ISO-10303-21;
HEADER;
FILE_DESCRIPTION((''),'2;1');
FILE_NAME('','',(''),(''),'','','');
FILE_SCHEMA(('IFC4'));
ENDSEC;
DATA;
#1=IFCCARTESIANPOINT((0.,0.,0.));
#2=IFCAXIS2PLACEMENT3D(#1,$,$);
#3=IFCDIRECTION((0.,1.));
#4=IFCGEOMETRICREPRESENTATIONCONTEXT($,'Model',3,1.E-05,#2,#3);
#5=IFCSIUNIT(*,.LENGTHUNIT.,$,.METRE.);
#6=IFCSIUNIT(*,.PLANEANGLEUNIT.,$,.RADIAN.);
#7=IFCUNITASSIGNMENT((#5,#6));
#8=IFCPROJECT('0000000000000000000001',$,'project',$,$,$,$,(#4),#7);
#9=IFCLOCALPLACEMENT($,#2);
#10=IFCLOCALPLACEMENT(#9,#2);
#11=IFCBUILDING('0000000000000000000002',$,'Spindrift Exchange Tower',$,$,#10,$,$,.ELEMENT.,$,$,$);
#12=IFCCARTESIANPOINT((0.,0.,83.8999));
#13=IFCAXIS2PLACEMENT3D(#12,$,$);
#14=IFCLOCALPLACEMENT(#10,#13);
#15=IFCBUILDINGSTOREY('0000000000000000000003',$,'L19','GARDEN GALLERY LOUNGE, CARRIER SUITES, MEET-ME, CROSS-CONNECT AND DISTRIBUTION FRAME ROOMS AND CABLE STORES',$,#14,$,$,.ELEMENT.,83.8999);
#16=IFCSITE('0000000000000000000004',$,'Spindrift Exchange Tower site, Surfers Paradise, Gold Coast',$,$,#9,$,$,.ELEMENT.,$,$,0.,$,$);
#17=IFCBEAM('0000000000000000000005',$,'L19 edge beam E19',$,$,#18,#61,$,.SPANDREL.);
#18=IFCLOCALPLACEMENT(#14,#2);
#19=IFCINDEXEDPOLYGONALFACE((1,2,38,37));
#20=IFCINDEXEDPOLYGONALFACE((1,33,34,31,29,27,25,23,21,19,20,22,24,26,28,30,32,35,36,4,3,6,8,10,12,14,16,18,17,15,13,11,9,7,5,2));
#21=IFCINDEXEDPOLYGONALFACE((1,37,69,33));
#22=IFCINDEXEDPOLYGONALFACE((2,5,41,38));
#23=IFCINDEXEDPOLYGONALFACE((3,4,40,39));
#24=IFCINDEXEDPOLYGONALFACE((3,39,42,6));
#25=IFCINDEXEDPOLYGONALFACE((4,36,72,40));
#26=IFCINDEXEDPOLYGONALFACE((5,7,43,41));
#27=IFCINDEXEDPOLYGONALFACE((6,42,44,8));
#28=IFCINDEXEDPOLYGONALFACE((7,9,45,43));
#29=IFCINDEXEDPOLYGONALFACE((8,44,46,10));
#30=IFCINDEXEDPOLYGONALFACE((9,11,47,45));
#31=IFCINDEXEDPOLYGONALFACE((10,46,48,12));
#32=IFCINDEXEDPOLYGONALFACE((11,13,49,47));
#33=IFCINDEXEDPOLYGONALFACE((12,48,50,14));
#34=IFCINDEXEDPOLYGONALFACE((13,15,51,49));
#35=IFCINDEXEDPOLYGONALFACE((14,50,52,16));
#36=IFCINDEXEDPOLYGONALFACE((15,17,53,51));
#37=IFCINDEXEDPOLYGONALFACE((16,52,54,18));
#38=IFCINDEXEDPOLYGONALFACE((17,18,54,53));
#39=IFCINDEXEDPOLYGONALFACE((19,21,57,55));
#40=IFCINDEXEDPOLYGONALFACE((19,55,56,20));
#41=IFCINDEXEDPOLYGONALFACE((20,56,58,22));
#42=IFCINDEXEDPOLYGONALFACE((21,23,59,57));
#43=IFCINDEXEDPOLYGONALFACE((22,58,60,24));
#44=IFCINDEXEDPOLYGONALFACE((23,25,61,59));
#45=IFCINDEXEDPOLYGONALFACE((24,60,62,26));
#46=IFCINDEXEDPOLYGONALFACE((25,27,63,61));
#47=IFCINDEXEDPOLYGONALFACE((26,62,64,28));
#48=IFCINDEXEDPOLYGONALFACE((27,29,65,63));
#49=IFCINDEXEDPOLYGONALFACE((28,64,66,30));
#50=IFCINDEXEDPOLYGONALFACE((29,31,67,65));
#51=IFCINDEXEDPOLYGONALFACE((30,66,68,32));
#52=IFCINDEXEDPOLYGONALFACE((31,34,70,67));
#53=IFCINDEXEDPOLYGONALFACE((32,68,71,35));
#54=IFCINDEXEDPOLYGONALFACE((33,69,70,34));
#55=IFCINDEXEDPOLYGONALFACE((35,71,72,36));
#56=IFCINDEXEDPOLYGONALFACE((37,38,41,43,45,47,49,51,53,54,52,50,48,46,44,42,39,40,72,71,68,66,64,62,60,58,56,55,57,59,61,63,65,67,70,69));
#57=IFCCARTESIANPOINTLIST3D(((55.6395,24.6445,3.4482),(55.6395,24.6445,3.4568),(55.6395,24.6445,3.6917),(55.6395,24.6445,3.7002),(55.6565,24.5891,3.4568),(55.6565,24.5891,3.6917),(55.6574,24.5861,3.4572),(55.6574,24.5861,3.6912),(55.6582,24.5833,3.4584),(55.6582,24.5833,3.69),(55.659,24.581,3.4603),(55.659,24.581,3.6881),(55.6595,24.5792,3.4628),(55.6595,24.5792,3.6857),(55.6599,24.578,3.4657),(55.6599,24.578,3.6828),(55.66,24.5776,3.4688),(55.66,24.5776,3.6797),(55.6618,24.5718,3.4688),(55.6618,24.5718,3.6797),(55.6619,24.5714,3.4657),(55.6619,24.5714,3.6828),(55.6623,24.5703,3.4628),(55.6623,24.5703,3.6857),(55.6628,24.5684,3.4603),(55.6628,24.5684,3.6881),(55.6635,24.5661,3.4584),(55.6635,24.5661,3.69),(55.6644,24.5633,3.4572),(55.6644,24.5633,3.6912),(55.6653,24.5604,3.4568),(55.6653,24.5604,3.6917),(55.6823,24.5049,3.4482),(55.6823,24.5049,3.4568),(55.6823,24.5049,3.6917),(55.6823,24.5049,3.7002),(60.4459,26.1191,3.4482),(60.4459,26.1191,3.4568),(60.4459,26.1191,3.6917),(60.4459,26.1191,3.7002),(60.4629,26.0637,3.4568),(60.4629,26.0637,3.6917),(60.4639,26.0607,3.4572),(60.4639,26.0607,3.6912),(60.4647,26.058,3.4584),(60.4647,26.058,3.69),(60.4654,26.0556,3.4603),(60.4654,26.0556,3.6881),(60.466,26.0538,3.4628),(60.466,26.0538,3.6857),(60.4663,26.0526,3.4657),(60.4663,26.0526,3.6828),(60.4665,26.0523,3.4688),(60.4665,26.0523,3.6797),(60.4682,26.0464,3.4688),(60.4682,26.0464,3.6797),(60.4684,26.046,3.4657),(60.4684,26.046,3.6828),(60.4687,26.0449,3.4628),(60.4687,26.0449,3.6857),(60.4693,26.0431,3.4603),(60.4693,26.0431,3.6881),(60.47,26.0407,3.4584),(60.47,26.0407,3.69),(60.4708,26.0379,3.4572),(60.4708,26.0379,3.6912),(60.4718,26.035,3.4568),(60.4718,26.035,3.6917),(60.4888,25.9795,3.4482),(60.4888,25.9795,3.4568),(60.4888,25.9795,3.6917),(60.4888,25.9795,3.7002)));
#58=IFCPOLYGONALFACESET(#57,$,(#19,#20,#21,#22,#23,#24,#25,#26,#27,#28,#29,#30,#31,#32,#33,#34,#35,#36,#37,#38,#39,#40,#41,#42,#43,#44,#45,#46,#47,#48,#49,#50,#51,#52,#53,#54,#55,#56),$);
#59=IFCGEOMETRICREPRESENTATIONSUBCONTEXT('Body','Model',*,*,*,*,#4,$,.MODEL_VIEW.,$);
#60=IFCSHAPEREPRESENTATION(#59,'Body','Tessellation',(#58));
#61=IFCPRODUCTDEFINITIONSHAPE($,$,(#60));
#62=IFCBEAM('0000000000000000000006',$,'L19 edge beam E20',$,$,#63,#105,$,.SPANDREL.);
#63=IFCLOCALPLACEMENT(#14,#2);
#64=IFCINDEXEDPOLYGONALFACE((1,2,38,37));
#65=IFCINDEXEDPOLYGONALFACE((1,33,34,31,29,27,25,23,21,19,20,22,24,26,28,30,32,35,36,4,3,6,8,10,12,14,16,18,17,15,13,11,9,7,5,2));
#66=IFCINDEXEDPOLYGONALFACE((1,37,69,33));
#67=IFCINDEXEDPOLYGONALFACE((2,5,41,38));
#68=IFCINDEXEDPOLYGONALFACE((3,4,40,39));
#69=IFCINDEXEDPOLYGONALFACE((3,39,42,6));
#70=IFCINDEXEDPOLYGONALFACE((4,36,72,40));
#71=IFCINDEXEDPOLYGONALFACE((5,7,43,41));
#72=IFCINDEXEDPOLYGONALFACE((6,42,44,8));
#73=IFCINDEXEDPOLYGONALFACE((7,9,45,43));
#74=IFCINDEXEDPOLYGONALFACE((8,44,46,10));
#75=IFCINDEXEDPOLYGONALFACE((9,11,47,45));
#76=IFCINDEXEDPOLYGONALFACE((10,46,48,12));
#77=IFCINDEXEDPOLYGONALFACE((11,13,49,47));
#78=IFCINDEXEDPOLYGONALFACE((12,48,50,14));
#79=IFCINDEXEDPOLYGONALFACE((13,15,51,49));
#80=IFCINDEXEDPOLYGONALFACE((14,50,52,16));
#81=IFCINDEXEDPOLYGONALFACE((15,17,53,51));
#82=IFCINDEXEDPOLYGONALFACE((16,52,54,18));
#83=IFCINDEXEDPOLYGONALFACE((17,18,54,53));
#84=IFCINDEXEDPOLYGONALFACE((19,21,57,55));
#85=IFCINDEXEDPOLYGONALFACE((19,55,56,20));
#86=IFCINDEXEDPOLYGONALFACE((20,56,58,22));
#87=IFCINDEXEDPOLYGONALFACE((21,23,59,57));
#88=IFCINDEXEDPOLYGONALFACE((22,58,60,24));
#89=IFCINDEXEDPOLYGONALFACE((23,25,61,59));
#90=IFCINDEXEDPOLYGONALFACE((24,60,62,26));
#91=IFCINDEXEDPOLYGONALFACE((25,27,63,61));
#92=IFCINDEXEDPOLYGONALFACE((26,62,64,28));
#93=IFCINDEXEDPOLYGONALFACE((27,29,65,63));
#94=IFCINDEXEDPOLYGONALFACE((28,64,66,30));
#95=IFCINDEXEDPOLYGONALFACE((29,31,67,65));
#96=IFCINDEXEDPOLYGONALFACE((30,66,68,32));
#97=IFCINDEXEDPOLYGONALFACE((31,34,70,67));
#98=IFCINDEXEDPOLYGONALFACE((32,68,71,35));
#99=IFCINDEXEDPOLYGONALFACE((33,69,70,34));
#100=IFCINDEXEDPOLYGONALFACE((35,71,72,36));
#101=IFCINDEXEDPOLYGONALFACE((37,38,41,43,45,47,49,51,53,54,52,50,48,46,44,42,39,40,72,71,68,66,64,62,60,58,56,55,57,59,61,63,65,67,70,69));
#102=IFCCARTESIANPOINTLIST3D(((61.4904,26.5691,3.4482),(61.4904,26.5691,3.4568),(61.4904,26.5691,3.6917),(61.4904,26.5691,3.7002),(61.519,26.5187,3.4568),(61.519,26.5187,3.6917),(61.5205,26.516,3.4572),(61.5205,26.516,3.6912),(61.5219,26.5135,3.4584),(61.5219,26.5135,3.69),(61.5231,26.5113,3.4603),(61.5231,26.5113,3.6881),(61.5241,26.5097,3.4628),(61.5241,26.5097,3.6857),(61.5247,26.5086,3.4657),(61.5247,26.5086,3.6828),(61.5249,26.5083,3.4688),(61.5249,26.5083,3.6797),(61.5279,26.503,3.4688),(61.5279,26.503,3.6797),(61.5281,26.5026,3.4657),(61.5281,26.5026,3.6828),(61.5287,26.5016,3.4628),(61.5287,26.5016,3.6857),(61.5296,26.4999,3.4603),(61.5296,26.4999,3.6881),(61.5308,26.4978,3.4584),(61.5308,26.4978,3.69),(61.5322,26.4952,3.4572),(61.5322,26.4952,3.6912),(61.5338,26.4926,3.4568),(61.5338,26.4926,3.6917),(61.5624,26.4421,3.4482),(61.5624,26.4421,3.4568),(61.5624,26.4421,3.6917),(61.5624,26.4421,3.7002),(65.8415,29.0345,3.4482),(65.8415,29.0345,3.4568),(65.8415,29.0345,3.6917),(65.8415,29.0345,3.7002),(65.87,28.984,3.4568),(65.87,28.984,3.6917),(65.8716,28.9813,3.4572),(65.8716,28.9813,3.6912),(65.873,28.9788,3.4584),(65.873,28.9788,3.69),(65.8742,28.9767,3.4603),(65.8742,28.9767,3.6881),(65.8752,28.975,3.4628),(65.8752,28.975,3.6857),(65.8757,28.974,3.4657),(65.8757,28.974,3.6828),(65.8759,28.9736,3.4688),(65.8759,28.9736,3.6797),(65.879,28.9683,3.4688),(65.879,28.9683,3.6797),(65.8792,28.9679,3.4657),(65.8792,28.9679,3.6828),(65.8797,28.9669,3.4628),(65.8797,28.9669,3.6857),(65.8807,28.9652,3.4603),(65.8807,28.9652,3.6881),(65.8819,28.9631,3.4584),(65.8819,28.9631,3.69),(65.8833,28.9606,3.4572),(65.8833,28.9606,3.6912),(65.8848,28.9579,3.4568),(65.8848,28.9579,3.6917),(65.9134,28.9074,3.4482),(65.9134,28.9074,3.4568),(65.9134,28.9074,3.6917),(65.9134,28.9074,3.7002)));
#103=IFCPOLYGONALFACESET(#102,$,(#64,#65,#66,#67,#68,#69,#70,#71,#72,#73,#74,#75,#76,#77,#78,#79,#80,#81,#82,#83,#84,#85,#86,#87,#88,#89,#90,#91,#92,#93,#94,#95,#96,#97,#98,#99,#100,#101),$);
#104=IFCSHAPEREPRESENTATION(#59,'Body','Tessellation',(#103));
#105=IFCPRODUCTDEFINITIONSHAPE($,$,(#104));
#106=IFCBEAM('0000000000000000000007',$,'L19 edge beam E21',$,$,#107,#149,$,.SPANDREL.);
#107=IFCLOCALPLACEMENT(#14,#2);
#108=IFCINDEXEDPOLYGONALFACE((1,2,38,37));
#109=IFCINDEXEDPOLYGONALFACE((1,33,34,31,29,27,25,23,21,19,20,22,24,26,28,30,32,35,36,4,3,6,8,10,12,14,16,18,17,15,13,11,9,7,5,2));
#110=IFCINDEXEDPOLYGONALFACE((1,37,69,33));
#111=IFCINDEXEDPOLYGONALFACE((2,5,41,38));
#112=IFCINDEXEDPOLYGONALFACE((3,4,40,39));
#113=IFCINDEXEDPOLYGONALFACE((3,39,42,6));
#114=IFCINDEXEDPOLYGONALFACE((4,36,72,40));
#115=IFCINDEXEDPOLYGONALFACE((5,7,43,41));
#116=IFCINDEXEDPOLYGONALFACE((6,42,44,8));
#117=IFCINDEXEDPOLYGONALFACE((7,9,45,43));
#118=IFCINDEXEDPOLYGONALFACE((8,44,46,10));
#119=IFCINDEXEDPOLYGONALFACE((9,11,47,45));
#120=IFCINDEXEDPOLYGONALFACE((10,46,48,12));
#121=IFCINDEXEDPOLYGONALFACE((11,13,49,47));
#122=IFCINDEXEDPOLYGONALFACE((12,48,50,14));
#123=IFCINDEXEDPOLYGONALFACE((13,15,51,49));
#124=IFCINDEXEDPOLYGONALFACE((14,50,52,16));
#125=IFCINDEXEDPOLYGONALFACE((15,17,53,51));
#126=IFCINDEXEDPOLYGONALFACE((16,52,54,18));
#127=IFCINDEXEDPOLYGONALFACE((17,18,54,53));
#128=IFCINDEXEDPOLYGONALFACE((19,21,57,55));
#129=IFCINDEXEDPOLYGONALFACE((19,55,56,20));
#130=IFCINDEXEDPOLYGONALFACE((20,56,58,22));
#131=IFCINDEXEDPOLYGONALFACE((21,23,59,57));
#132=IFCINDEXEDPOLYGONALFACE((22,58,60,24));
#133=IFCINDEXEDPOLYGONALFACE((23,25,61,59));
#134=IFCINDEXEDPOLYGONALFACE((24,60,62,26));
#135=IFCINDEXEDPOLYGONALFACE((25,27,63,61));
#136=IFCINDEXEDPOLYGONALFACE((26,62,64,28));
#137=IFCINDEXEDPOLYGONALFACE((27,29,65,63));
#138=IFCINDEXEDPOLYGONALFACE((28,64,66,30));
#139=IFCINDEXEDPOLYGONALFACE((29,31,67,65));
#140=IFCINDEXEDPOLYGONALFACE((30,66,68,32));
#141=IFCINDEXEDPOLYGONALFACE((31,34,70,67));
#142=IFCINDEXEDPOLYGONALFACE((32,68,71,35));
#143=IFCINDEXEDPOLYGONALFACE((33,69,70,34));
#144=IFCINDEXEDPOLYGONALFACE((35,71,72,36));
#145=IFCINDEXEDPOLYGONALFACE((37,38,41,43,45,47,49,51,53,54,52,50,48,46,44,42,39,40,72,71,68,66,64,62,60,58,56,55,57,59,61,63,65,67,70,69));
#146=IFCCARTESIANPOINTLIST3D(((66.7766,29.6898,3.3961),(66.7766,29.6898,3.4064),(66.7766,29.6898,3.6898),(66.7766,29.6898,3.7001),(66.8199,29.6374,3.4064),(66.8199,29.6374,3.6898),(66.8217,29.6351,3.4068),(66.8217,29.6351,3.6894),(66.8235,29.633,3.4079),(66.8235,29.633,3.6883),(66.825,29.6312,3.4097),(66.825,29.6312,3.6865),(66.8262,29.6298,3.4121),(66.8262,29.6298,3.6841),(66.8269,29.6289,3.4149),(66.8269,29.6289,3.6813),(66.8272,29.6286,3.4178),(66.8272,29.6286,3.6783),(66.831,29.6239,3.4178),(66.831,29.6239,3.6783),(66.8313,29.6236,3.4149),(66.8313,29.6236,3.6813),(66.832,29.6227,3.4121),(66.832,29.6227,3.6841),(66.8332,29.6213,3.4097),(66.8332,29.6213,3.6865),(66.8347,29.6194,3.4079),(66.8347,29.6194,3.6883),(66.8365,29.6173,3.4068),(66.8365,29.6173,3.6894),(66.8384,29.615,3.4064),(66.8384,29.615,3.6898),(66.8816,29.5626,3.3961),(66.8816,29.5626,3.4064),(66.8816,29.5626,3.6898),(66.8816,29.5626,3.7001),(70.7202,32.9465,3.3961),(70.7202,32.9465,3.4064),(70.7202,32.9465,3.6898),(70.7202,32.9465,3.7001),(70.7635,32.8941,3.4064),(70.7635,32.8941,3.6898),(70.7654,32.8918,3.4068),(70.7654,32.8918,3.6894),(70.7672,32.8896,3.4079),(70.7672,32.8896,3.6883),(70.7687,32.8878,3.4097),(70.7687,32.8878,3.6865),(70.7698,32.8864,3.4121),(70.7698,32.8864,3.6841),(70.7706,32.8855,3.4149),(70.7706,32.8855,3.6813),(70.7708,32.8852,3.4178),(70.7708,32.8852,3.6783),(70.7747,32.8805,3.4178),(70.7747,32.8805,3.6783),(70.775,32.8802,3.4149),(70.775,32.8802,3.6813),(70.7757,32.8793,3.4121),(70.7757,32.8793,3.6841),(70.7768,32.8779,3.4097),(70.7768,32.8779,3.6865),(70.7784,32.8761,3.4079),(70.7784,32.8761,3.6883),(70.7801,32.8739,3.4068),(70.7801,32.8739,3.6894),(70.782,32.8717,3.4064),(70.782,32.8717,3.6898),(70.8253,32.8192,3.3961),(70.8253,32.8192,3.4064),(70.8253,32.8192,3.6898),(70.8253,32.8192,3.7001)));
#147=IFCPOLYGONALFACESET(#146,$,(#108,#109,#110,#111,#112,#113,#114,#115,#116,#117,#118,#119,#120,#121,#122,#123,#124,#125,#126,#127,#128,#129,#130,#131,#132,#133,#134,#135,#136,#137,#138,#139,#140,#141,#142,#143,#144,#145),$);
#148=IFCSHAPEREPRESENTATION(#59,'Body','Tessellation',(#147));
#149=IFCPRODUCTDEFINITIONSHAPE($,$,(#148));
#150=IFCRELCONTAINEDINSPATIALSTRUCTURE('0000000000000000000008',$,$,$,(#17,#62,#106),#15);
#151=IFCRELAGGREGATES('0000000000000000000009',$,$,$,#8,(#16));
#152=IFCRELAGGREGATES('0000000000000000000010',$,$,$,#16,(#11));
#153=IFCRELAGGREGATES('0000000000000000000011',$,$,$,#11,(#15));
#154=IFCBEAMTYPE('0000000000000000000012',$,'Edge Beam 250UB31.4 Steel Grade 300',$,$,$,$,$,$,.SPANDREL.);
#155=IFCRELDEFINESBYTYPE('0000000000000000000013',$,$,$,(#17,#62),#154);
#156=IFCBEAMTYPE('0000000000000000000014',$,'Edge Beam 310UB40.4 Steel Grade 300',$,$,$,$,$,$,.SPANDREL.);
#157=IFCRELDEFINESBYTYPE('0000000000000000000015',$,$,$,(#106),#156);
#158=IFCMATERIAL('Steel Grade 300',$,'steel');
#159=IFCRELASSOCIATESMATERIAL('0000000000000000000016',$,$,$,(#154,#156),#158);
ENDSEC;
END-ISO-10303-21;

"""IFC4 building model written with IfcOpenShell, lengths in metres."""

from ifc_helpers import new_model, si_unit, direction, frame, origin, origin_2d, place, context, subcontext, project, spatial, i_section, extrude, source, transform, mapped, material, material_profile, profile_set, type_object, element, save


model = new_model("IFC4")

# Units and contexts
model_context = context("Model", 3, precision=1e-05, world=origin(), true_north=direction((0.0, 1.0)))
body_context = subcontext(model_context, "Body", "Model", "MODEL_VIEW")
ifc_project = project(units=[si_unit("LENGTHUNIT", "METRE"), si_unit("PLANEANGLEUNIT", "RADIAN")], contexts=[model_context])

# Site, building, storey
site_placement = place(None, origin())
site = spatial("IfcSite", under=ifc_project, at=site_placement, Name="Spindrift Exchange Tower site, Surfers Paradise, Gold Coast", CompositionType="ELEMENT", RefElevation=0.0)
building_placement = place(site_placement, origin())
building = spatial("IfcBuilding", under=site, at=building_placement, Name="Spindrift Exchange Tower", CompositionType="ELEMENT")
storey_placement = place(building_placement, frame((0.0, 0.0, 83.8999)))
storey = spatial("IfcBuildingStorey", under=building, at=storey_placement, Name="L19", Description="GARDEN GALLERY LOUNGE, CARRIER SUITES, MEET-ME, CROSS-CONNECT AND DISTRIBUTION FRAME ROOMS AND CABLE STORES", CompositionType="ELEMENT", Elevation=83.8999)

# Beams
ifc_material_1 = material(Name="Steel Grade 300", Category="steel")
ifc_material_profile_1 = material_profile(ifc_material_1, i_section(OverallWidth=0.146, OverallDepth=0.252, WebThickness=0.0061, FlangeThickness=0.0085, FilletRadius=0.012, at=origin_2d()), Name="250UB31.4")
ifc_profile_set_1 = profile_set([ifc_material_profile_1], Name="Steel Grade 300")
beam_type_1 = type_object("IfcBeamType", Name="Edge Beam 250UB31.4 Steel Grade 300", PredefinedType="SPANDREL", material=ifc_profile_set_1)
shared_shape_1 = source(origin(), body_context, "Body", "SweptSolid", [
    extrude(i_section(OverallWidth=0.146, OverallDepth=0.252, WebThickness=0.0061, FlangeThickness=0.0085, FilletRadius=0.012, at=origin_2d()), origin(), (0.0, 0.0, 1.0), 5.0276),
])
beam_1_placement = place(storey_placement, frame((55.6609, 24.5747, 3.5742), z_axis=(0.956018, 0.293308, 0.0), x_axis=(-0.293308, 0.956018, 0.0)))
element("IfcBeam", 1, at=beam_1_placement, inside=storey, type_object=beam_type_1, Name="L19 edge beam E19", PredefinedType="SPANDREL", context=body_context, shape_type="MappedRepresentation", body=[
    mapped(shared_shape_1, transform((0.0, 0.0, 0.0), scale=1.0)),
])
shared_shape_2 = source(origin(), body_context, "Body", "SweptSolid", [
    extrude(i_section(OverallWidth=0.146, OverallDepth=0.252, WebThickness=0.0061, FlangeThickness=0.0085, FilletRadius=0.012, at=origin_2d()), origin(), (0.0, 0.0, 1.0), 5.001),
])
beam_2_placement = place(storey_placement, frame((61.5264, 26.5056, 3.5742), z_axis=(0.870046, 0.492971, 0.0), x_axis=(-0.492971, 0.870046, 0.0)))
element("IfcBeam", 2, at=beam_2_placement, inside=storey, type_object=beam_type_1, Name="L19 edge beam E20", PredefinedType="SPANDREL", context=body_context, shape_type="MappedRepresentation", body=[
    mapped(shared_shape_2, transform((0.0, 0.0, 0.0), scale=1.0)),
])
ifc_material_profile_2 = material_profile(ifc_material_1, i_section(OverallWidth=0.165, OverallDepth=0.304, WebThickness=0.0061, FlangeThickness=0.0103, FilletRadius=0.0115, at=origin_2d()), Name="310UB40.4")
ifc_profile_set_2 = profile_set([ifc_material_profile_2], Name="Steel Grade 300")
beam_type_2 = type_object("IfcBeamType", Name="Edge Beam 310UB40.4 Steel Grade 300", PredefinedType="SPANDREL", material=ifc_profile_set_2)
shared_shape_3 = source(origin(), body_context, "Body", "SweptSolid", [
    extrude(i_section(OverallWidth=0.165, OverallDepth=0.304, WebThickness=0.0061, FlangeThickness=0.0103, FilletRadius=0.0115, at=origin_2d()), origin(), (0.0, 0.0, 1.0), 5.1145),
])
beam_3_placement = place(storey_placement, frame((66.8291, 29.6262, 3.5481), z_axis=(0.771074, 0.636746, 0.0), x_axis=(-0.636746, 0.771074, 0.0)))
element("IfcBeam", 3, at=beam_3_placement, inside=storey, type_object=beam_type_2, Name="L19 edge beam E21", PredefinedType="SPANDREL", context=body_context, shape_type="MappedRepresentation", body=[
    mapped(shared_shape_3, transform((0.0, 0.0, 0.0), scale=1.0)),
])

save(model, "model.ifc")
